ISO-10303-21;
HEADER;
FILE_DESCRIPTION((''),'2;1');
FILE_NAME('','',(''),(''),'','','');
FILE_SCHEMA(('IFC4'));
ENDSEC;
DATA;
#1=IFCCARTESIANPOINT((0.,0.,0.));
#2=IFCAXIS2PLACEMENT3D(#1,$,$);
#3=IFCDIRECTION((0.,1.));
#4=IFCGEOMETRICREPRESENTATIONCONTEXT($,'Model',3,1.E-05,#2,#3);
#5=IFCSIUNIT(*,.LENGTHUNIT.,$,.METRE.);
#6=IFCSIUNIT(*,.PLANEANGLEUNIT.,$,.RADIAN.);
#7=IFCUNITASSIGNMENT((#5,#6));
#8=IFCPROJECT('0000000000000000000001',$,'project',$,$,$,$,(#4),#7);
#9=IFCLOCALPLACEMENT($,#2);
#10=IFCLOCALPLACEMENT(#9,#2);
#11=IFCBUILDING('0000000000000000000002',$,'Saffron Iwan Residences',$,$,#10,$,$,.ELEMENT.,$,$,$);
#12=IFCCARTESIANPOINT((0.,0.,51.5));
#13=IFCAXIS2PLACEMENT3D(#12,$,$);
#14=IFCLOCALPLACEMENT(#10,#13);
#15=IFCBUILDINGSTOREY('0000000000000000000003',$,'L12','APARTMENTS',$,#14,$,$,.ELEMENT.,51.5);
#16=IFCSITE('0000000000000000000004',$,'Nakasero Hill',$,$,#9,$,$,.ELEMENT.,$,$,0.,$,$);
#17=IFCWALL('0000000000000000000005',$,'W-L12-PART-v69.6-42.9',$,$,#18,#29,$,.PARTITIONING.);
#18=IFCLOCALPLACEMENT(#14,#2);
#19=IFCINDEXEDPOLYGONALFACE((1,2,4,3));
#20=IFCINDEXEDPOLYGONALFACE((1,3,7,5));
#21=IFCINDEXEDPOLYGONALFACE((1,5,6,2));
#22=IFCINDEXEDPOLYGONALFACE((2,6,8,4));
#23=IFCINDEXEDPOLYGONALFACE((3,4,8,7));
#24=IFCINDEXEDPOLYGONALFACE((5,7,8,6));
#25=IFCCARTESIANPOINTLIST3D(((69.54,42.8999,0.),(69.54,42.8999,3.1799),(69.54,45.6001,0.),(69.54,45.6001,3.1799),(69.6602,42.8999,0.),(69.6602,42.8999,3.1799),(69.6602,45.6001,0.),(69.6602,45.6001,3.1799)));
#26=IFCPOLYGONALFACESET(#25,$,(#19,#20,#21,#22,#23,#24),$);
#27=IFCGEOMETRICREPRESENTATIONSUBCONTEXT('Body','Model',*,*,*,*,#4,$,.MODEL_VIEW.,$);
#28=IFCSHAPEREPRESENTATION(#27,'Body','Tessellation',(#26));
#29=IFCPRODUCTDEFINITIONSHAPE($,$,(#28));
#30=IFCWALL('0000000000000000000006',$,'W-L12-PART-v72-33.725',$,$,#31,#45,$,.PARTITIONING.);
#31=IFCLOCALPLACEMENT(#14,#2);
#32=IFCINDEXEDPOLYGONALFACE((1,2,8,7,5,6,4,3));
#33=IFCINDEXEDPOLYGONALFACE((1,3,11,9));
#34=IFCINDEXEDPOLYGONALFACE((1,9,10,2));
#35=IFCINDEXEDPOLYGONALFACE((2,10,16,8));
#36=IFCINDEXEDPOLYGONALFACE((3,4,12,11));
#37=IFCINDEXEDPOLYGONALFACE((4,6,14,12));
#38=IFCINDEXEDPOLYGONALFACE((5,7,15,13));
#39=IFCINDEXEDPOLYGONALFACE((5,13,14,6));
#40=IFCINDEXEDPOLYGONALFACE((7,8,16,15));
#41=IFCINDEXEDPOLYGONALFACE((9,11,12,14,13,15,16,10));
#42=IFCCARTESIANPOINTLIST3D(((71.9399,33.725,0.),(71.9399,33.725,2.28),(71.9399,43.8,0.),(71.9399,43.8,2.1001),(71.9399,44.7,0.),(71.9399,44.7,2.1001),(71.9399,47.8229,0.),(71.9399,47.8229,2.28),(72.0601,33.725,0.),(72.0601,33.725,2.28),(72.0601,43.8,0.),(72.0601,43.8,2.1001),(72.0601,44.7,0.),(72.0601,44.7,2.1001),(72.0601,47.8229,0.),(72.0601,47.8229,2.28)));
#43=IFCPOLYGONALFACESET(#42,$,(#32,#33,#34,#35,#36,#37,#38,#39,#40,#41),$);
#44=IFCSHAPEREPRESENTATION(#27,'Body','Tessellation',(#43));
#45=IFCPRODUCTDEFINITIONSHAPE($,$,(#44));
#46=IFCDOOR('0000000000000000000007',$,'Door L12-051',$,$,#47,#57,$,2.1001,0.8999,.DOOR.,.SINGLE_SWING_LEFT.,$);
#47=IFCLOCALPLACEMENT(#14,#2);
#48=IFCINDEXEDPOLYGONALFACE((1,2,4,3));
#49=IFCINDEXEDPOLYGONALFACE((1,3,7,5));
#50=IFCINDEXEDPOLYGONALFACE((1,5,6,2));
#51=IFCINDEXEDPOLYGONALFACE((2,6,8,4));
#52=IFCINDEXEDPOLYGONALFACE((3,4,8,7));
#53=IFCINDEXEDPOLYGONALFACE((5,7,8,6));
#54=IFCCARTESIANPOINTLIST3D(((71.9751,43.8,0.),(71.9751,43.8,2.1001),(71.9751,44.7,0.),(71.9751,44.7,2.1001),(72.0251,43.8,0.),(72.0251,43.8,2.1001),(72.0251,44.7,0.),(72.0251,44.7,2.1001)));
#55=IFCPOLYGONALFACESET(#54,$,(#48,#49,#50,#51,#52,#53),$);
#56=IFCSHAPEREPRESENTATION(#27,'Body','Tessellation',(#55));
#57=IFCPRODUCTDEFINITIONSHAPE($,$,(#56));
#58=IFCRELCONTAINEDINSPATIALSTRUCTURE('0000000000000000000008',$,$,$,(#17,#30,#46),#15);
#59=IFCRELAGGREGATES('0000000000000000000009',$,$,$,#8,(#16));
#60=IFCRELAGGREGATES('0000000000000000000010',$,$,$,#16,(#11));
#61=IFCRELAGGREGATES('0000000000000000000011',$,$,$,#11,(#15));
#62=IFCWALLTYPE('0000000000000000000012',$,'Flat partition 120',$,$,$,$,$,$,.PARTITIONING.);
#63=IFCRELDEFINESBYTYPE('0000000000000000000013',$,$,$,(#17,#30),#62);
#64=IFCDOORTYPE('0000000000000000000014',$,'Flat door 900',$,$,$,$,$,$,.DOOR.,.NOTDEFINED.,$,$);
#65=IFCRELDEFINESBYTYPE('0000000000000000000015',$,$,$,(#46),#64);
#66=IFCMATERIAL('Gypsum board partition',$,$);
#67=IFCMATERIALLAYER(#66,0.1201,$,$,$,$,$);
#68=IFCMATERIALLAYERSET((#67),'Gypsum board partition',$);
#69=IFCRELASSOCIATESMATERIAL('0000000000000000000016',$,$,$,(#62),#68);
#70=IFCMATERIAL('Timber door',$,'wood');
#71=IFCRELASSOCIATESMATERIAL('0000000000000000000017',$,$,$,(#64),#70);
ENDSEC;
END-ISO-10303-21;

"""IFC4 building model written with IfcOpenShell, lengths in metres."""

from ifc_helpers import new_model, si_unit, direction, frame, frame_2d, origin, place, context, subcontext, project, spatial, rectangle, extrude, material, layer, layer_set, type_object, element, fill, save


model = new_model("IFC4")

# Units and contexts
model_context = context("Model", 3, precision=1e-05, world=origin(), true_north=direction((0.0, 1.0)))
body_context = subcontext(model_context, "Body", "Model", "MODEL_VIEW")
ifc_project = project(units=[si_unit("LENGTHUNIT", "METRE"), si_unit("PLANEANGLEUNIT", "RADIAN")], contexts=[model_context])

# Site, building, storey
site_placement = place(None, origin())
site = spatial("IfcSite", under=ifc_project, at=site_placement, Name="Nakasero Hill", CompositionType="ELEMENT", RefElevation=0.0)
building_placement = place(site_placement, origin())
building = spatial("IfcBuilding", under=site, at=building_placement, Name="Saffron Iwan Residences", CompositionType="ELEMENT")
storey_placement = place(building_placement, frame((0.0, 0.0, 51.5)))
storey = spatial("IfcBuildingStorey", under=building, at=storey_placement, Name="L12", Description="APARTMENTS", CompositionType="ELEMENT", Elevation=51.5)

# Wall
ifc_material_1 = material(Name="Gypsum board partition")
ifc_layer_1 = layer(ifc_material_1, 0.1201)
ifc_layer_set_1 = layer_set([ifc_layer_1], Name="Gypsum board partition")
wall_type_1 = type_object("IfcWallType", Name="Flat partition 120", PredefinedType="PARTITIONING", material=ifc_layer_set_1)
wall_1_placement = place(storey_placement, frame((69.6001, 42.8999, 0.0), z_axis=(0.0, 0.0, 1.0), x_axis=(0.0, 1.0, 0.0)))
element("IfcWall", 1, at=wall_1_placement, inside=storey, type_object=wall_type_1, Name="W-L12-PART-v69.6-42.9", PredefinedType="PARTITIONING", context=body_context, shape_type="SweptSolid", body=[
    extrude(rectangle(XDim=2.7002, YDim=0.1201, at=frame_2d((1.3501, 0.0))), origin(), (0.0, 0.0, 1.0), 3.1799),
])

# Wall, opening, door
wall_2_placement = place(storey_placement, frame((72.0, 33.7251, 0.0), z_axis=(0.0, 0.0, 1.0), x_axis=(0.0, 1.0, 0.0)))
wall_2 = element("IfcWall", 2, at=wall_2_placement, inside=storey, type_object=wall_type_1, Name="W-L12-PART-v72-33.725", PredefinedType="PARTITIONING", context=body_context, shape_type="SweptSolid", body=[
    extrude(rectangle(XDim=14.0979, YDim=0.1201, at=frame_2d((7.0488, 0.0))), origin(), (0.0, 0.0, 1.0), 2.28),
])
opening_1_placement = place(wall_2_placement, frame((10.075, 0.0, 0.0)))
opening_1 = element("IfcOpeningElement", 3, at=opening_1_placement, cuts=wall_2, PredefinedType="OPENING", context=body_context, shape_type="SweptSolid", body=[
    extrude(rectangle(XDim=0.8999, YDim=2.1001, at=frame_2d((0.45, 1.05))), frame((0.0, 0.0701, 0.0), z_axis=(0.0, -1.0, 0.0), x_axis=(1.0, 0.0, 0.0)), (0.0, 0.0, 1.0), 0.1401),
])
ifc_material_2 = material(Name="Timber door", Category="wood")
door_type_1 = type_object("IfcDoorType", Name="Flat door 900", OperationType="NOTDEFINED", PredefinedType="DOOR", material=ifc_material_2)
door_1_placement = place(opening_1_placement, origin())
door_1 = element("IfcDoor", 4, at=door_1_placement, inside=storey, type_object=door_type_1, Name="Door L12-051", OperationType="SINGLE_SWING_LEFT", OverallHeight=2.1001, OverallWidth=0.8999, PredefinedType="DOOR", context=body_context, shape_type="SweptSolid", body=[
    extrude(rectangle(XDim=0.8999, YDim=2.1001, at=frame_2d((0.45, 1.05))), frame((0.0, 0.0249, 0.0), z_axis=(0.0, -1.0, 0.0), x_axis=(1.0, 0.0, 0.0)), (0.0, 0.0, 1.0), 0.05),
])
fill(opening_1, door_1)

save(model, "model.ifc")
